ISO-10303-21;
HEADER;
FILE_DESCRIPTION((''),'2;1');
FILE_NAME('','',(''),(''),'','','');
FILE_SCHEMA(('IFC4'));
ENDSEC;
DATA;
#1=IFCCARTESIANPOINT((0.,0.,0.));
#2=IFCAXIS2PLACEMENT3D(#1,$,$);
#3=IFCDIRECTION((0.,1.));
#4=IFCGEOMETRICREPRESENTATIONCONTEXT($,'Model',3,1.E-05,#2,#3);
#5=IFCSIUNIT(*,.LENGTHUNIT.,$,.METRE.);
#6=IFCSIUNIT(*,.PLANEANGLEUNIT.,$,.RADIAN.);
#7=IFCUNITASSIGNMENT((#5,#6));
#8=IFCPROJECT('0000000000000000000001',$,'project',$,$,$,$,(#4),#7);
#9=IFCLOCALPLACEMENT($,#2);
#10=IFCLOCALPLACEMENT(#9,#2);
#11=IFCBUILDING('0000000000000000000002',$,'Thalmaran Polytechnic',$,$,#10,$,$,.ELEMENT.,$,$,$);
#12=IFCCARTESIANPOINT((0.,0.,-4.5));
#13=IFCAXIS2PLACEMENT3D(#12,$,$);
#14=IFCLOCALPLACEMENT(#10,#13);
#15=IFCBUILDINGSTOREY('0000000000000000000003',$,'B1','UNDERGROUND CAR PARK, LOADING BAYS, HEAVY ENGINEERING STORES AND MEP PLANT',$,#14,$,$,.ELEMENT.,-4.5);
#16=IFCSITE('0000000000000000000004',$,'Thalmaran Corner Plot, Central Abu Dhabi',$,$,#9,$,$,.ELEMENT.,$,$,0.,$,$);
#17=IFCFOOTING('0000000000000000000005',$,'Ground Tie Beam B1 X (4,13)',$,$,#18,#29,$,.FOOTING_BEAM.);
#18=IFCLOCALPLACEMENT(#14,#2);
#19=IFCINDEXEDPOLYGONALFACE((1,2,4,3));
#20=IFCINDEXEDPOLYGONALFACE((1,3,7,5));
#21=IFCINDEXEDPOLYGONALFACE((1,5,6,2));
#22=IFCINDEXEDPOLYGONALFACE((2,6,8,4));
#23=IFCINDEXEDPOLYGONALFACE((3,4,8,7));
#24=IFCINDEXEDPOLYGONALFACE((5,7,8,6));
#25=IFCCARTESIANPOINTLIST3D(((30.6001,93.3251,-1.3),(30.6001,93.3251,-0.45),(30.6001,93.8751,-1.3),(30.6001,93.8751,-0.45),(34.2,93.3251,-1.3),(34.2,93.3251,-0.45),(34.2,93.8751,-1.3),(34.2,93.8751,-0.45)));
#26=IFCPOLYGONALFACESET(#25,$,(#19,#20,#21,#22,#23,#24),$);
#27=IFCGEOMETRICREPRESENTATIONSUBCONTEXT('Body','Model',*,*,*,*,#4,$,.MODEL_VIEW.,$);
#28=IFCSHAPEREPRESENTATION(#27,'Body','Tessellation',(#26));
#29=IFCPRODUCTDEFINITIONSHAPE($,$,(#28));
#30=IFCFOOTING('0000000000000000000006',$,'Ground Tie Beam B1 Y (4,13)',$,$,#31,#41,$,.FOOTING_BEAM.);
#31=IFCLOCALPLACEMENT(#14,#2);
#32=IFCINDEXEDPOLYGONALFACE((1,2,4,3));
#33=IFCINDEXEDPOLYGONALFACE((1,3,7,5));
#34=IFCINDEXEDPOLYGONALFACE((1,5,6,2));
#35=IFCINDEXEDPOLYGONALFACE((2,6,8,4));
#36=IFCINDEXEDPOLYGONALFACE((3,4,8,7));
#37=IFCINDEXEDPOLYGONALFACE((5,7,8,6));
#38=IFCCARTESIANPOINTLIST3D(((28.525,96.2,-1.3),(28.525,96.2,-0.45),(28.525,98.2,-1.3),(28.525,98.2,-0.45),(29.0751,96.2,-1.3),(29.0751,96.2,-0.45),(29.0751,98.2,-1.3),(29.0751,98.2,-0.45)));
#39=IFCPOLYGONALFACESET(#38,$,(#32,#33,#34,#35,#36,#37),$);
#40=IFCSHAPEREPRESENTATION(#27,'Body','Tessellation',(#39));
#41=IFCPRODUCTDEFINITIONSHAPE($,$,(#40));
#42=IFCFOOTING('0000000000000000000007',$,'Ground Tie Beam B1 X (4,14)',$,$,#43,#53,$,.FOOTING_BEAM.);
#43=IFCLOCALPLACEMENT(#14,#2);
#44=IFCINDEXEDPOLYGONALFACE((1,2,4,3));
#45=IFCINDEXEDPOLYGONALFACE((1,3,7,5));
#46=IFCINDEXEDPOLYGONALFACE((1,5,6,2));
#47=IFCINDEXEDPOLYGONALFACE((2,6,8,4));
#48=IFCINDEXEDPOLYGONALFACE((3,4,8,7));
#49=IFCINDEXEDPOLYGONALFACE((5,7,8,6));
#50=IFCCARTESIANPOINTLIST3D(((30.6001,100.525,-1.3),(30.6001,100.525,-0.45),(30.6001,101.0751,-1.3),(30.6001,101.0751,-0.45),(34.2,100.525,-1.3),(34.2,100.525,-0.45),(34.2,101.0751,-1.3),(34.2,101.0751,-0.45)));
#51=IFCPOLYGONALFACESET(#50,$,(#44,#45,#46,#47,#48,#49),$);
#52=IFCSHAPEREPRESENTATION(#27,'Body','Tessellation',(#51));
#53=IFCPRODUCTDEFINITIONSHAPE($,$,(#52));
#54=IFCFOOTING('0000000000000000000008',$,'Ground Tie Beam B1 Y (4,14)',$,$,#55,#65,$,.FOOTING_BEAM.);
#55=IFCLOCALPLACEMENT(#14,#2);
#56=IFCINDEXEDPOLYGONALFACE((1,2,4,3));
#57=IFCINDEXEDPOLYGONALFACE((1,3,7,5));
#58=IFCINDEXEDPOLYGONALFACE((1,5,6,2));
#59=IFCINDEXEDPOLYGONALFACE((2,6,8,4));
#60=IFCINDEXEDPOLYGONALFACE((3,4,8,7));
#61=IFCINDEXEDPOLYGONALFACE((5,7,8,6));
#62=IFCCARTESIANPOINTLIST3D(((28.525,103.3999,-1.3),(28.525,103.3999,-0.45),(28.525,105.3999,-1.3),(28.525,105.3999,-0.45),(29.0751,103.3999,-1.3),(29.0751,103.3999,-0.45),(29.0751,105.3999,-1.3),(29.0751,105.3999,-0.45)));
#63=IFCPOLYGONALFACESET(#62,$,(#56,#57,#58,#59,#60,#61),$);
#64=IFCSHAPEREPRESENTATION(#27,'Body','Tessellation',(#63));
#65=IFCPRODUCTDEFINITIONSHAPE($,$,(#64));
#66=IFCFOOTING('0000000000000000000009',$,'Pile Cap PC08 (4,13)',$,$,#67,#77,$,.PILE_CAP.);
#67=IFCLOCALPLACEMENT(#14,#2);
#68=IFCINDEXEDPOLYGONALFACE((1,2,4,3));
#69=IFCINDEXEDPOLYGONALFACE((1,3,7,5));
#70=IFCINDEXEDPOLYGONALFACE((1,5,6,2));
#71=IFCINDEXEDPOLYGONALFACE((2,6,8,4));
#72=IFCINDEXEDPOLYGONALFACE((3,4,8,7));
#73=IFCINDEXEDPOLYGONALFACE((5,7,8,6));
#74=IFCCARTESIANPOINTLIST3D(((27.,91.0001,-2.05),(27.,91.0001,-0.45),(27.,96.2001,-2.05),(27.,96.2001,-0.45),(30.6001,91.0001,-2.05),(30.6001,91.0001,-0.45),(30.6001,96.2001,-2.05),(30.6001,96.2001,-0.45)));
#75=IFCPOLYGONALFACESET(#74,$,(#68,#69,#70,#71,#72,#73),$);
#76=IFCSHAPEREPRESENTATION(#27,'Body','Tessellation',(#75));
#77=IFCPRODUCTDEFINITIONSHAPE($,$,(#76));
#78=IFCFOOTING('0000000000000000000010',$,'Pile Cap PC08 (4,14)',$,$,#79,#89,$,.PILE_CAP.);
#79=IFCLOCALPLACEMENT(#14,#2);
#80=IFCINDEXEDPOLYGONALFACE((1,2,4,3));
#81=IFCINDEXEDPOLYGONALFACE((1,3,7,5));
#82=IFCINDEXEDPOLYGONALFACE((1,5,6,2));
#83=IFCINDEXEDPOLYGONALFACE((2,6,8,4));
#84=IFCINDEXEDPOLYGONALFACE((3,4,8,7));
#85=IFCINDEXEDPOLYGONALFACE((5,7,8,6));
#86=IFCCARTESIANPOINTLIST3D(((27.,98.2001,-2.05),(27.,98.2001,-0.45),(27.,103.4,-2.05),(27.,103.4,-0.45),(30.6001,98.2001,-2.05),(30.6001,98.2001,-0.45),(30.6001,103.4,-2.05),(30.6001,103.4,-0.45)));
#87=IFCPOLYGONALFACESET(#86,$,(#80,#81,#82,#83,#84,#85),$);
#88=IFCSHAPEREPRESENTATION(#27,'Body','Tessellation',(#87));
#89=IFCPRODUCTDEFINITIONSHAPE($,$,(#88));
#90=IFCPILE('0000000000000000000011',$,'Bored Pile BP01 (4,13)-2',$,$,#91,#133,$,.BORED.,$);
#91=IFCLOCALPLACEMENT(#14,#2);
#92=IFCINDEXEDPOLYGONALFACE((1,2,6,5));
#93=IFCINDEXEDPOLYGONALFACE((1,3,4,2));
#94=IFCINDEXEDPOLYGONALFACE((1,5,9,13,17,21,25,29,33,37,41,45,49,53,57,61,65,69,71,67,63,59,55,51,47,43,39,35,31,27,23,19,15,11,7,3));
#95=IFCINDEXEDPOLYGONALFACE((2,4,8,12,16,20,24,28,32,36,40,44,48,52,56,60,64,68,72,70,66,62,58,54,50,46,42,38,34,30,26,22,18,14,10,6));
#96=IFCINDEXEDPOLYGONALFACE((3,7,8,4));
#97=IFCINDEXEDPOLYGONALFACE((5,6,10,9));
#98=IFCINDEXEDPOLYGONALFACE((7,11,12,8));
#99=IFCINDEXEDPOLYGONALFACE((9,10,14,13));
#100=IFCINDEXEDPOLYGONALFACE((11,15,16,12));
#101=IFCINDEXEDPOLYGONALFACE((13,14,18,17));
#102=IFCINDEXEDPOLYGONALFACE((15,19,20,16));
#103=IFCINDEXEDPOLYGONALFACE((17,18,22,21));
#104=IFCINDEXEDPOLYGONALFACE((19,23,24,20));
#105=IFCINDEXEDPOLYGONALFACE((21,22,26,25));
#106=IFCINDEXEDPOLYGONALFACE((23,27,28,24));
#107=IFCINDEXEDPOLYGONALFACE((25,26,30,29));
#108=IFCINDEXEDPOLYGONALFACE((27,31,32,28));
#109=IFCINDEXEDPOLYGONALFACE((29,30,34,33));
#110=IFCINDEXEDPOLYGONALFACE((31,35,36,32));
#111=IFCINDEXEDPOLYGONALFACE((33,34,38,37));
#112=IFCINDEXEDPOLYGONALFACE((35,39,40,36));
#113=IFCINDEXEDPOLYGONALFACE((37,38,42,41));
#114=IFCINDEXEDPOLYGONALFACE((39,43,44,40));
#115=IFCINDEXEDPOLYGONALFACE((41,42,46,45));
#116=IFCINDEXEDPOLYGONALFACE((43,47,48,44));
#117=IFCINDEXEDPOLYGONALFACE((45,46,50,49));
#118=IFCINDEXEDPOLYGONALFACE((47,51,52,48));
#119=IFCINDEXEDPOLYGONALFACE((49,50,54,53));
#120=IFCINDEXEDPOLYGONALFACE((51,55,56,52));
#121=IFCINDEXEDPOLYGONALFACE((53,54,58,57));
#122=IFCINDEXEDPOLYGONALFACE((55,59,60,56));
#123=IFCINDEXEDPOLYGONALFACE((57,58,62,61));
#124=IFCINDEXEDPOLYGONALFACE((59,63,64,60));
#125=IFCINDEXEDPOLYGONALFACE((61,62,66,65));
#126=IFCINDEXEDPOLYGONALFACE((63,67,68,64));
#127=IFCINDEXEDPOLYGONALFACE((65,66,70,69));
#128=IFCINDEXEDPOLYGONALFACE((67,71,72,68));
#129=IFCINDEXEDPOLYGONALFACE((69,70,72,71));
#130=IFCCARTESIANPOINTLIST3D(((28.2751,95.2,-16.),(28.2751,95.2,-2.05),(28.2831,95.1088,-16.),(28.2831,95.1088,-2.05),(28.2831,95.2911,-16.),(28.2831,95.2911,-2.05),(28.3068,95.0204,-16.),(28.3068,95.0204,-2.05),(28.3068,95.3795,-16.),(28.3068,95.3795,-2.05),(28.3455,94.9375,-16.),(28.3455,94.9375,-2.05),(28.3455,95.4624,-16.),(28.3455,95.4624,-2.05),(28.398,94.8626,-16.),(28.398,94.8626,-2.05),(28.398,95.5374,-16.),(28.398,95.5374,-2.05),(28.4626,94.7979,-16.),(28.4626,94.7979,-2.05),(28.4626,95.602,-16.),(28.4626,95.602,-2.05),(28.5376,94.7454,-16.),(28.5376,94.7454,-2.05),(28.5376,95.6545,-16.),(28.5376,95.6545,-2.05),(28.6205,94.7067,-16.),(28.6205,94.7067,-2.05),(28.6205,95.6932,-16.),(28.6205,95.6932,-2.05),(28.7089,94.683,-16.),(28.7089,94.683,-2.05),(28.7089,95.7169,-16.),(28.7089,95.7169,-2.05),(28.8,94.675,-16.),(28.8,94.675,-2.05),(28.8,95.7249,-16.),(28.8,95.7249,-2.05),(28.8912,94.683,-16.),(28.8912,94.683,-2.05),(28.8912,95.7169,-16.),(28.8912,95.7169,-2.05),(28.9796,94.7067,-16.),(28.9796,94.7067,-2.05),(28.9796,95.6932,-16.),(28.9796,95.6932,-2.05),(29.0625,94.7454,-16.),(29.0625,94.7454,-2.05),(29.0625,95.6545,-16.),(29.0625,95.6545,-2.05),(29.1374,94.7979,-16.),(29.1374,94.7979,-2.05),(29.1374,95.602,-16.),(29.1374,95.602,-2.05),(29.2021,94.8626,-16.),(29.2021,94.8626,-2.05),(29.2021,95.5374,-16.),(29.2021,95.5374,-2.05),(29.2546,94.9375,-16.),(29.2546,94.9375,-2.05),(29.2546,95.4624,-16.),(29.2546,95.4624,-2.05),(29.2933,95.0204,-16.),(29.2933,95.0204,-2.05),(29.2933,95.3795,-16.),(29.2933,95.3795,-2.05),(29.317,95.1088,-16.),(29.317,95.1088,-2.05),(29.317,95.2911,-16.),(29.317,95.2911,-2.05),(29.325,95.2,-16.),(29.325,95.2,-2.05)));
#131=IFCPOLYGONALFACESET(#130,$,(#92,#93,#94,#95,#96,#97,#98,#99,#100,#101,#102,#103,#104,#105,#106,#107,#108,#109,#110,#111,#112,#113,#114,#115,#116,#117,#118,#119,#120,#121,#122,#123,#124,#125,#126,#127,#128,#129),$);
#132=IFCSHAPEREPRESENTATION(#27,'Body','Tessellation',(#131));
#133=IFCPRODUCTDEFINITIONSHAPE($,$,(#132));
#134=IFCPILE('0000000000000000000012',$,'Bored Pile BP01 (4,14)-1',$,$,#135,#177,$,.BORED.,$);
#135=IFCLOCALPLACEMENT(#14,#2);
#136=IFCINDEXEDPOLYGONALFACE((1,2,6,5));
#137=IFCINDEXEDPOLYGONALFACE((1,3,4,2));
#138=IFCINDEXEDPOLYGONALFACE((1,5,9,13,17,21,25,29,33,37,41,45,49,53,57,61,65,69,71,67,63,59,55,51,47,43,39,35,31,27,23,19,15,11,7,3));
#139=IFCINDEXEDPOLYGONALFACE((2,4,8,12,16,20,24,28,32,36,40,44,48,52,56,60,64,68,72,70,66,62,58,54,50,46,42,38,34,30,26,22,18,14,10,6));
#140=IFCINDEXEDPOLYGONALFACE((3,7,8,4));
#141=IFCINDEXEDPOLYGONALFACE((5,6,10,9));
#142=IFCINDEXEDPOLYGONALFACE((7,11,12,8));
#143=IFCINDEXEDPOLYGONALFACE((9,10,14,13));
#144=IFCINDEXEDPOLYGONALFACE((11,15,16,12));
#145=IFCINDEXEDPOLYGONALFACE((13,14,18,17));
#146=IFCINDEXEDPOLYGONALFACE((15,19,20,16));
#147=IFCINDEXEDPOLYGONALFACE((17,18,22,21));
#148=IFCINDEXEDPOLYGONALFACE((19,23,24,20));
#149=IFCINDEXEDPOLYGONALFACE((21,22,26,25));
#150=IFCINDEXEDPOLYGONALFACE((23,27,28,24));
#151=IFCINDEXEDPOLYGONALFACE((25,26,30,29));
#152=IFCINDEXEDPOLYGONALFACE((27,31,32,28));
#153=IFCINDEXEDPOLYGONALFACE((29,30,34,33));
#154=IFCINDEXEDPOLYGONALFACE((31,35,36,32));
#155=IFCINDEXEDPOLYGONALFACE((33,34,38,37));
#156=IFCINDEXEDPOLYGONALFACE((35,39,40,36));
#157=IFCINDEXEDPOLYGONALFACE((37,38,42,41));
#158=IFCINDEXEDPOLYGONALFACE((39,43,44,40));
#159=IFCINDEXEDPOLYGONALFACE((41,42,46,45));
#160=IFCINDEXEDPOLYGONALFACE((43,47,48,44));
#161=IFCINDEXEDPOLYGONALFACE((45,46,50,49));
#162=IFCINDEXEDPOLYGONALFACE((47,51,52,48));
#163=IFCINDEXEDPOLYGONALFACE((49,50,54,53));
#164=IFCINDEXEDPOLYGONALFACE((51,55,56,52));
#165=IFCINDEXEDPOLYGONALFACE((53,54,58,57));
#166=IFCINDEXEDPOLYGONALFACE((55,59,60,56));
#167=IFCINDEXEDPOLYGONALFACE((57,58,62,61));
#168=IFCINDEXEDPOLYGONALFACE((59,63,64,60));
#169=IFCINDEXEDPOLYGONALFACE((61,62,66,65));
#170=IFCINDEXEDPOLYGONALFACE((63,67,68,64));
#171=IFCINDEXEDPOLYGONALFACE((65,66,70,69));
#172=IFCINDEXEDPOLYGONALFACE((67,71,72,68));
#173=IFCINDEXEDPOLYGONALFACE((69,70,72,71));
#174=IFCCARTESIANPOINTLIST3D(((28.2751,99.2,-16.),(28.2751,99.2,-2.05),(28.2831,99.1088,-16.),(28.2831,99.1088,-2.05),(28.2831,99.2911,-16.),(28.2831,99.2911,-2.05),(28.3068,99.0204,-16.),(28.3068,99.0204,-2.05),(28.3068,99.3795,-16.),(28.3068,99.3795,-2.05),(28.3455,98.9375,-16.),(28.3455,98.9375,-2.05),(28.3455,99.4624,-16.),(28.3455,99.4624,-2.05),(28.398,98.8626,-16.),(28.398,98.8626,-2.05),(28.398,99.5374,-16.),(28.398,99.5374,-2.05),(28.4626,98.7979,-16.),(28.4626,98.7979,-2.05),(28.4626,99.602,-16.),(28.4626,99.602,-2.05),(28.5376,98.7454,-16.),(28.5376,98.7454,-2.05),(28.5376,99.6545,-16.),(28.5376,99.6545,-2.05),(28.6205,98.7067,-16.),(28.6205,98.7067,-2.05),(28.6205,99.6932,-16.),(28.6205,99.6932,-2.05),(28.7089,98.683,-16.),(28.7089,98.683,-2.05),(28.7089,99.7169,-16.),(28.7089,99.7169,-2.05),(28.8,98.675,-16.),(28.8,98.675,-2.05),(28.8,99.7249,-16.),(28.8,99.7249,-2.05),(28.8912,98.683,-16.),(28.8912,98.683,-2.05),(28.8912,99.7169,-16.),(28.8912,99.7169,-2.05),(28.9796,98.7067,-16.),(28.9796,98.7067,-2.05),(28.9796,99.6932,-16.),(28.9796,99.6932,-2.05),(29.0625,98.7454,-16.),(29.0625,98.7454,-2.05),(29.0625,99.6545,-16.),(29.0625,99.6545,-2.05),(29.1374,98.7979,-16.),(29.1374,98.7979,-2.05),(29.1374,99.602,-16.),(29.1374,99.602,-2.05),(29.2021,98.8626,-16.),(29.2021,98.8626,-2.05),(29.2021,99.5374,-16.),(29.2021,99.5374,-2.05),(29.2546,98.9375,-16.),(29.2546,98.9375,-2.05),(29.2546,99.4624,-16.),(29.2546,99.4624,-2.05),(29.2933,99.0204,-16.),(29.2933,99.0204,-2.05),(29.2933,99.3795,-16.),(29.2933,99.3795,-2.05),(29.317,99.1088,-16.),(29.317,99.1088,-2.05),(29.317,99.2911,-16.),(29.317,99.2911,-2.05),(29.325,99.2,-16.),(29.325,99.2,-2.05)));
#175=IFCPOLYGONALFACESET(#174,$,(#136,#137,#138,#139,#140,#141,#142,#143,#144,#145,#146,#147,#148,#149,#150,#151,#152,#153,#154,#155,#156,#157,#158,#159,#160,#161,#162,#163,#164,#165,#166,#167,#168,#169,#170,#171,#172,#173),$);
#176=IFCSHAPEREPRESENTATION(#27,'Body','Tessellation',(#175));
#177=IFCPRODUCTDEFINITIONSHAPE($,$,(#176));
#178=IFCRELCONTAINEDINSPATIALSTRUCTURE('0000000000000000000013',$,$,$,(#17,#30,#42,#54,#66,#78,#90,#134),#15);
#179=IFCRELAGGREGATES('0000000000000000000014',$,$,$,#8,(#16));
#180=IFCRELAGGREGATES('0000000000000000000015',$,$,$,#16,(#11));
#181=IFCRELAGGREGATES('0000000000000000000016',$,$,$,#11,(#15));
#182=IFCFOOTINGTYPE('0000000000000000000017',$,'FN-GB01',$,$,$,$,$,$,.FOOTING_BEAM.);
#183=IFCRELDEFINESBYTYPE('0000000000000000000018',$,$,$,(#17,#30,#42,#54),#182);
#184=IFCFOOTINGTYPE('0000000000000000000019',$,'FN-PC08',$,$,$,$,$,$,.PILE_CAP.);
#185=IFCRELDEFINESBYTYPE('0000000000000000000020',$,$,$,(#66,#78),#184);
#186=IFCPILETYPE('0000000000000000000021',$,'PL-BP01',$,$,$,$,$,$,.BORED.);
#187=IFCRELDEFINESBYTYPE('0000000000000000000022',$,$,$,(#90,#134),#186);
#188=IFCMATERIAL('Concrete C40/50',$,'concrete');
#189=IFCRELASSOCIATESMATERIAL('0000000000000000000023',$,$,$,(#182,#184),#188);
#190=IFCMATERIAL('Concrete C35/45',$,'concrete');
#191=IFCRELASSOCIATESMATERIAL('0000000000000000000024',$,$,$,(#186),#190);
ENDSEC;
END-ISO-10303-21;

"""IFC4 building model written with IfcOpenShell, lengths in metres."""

from ifc_helpers import new_model, si_unit, direction, frame, origin, origin_2d, place, context, subcontext, project, spatial, rectangle, circle, extrude, material, material_profile, profile_set, type_object, element, save


model = new_model("IFC4")

# Units and contexts
model_context = context("Model", 3, precision=1e-05, world=origin(), true_north=direction((0.0, 1.0)))
body_context = subcontext(model_context, "Body", "Model", "MODEL_VIEW")
ifc_project = project(units=[si_unit("LENGTHUNIT", "METRE"), si_unit("PLANEANGLEUNIT", "RADIAN")], contexts=[model_context])

# Site, building, storey
site_placement = place(None, origin())
site = spatial("IfcSite", under=ifc_project, at=site_placement, Name="Thalmaran Corner Plot, Central Abu Dhabi", CompositionType="ELEMENT", RefElevation=0.0)
building_placement = place(site_placement, origin())
building = spatial("IfcBuilding", under=site, at=building_placement, Name="Thalmaran Polytechnic", CompositionType="ELEMENT")
storey_placement = place(building_placement, frame((0.0, 0.0, -4.5)))
storey = spatial("IfcBuildingStorey", under=building, at=storey_placement, Name="B1", Description="UNDERGROUND CAR PARK, LOADING BAYS, HEAVY ENGINEERING STORES AND MEP PLANT", CompositionType="ELEMENT", Elevation=-4.5)

# Footings
ifc_material_1 = material(Name="Concrete C40/50", Category="concrete")
ifc_material_profile_1 = material_profile(ifc_material_1, rectangle(XDim=0.55, YDim=0.8501, at=origin_2d()), Name="RC 550x850")
ifc_profile_set_1 = profile_set([ifc_material_profile_1], Name="Concrete C40/50")
footing_type_1 = type_object("IfcFootingType", Name="FN-GB01", PredefinedType="FOOTING_BEAM", material=ifc_profile_set_1)
footing_1_placement = place(storey_placement, frame((30.6001, 93.6001, -0.875), z_axis=(1.0, 0.0, 0.0), x_axis=(0.0, 1.0, 0.0)))
element("IfcFooting", 1, at=footing_1_placement, inside=storey, type_object=footing_type_1, Name="Ground Tie Beam B1 X (4,13)", PredefinedType="FOOTING_BEAM", context=body_context, shape_type="SweptSolid", body=[
    extrude(rectangle(XDim=0.55, YDim=0.8501, at=origin_2d()), origin(), (0.0, 0.0, 1.0), 3.5999),
])
footing_2_placement = place(storey_placement, frame((28.8, 96.2, -0.875), z_axis=(0.0, 1.0, 0.0), x_axis=(-1.0, 0.0, 0.0)))
element("IfcFooting", 2, at=footing_2_placement, inside=storey, type_object=footing_type_1, Name="Ground Tie Beam B1 Y (4,13)", PredefinedType="FOOTING_BEAM", context=body_context, shape_type="SweptSolid", body=[
    extrude(rectangle(XDim=0.55, YDim=0.8501, at=origin_2d()), origin(), (0.0, 0.0, 1.0), 2.0),
])
footing_3_placement = place(storey_placement, frame((30.6001, 100.8, -0.875), z_axis=(1.0, 0.0, 0.0), x_axis=(0.0, 1.0, 0.0)))
element("IfcFooting", 3, at=footing_3_placement, inside=storey, type_object=footing_type_1, Name="Ground Tie Beam B1 X (4,14)", PredefinedType="FOOTING_BEAM", context=body_context, shape_type="SweptSolid", body=[
    extrude(rectangle(XDim=0.55, YDim=0.8501, at=origin_2d()), origin(), (0.0, 0.0, 1.0), 3.5999),
])
footing_4_placement = place(storey_placement, frame((28.8, 103.3999, -0.875), z_axis=(0.0, 1.0, 0.0), x_axis=(-1.0, 0.0, 0.0)))
element("IfcFooting", 4, at=footing_4_placement, inside=storey, type_object=footing_type_1, Name="Ground Tie Beam B1 Y (4,14)", PredefinedType="FOOTING_BEAM", context=body_context, shape_type="SweptSolid", body=[
    extrude(rectangle(XDim=0.55, YDim=0.8501, at=origin_2d()), origin(), (0.0, 0.0, 1.0), 2.0),
])
footing_type_2 = type_object("IfcFootingType", Name="FN-PC08", PredefinedType="PILE_CAP", material=ifc_material_1)
for number, where, z_axis, x_axis, name in (
    (5, (28.8, 93.6001, -2.05), (0.0, 0.0, 1.0), (1.0, 0.0, 0.0), "Pile Cap PC08 (4,13)"),
    (6, (28.8, 100.8, -2.05), (0.0, 0.0, 1.0), (1.0, 0.0, 0.0), "Pile Cap PC08 (4,14)"),
):
    element("IfcFooting", number, at=place(storey_placement, frame(where, z_axis=z_axis, x_axis=x_axis)), inside=storey, type_object=footing_type_2, Name=name, PredefinedType="PILE_CAP", context=body_context, shape_type="SweptSolid", body=[
        extrude(rectangle(XDim=3.6001, YDim=5.2, at=origin_2d()), origin(), (0.0, 0.0, 1.0), 1.6001),
    ])

# Piles
ifc_material_2 = material(Name="Concrete C35/45", Category="concrete")
ifc_material_profile_2 = material_profile(ifc_material_2, circle(Radius=0.5249, at=origin_2d()), Name="RC 1050 DIA")
ifc_profile_set_2 = profile_set([ifc_material_profile_2], Name="Concrete C35/45")
pile_type = type_object("IfcPileType", Name="PL-BP01", PredefinedType="BORED", material=ifc_profile_set_2)
for number, where, z_axis, x_axis, name in (
    (7, (28.8, 95.2, -2.05), (0.0, 0.0, -1.0), (1.0, 0.0, 0.0), "Bored Pile BP01 (4,13)-2"),
    (8, (28.8, 99.2, -2.05), (0.0, 0.0, -1.0), (1.0, 0.0, 0.0), "Bored Pile BP01 (4,14)-1"),
):
    element("IfcPile", number, at=place(storey_placement, frame(where, z_axis=z_axis, x_axis=x_axis)), inside=storey, type_object=pile_type, Name=name, PredefinedType="BORED", context=body_context, shape_type="SweptSolid", body=[
        extrude(circle(Radius=0.5249, at=origin_2d()), origin(), (0.0, 0.0, 1.0), 13.95),
    ])

save(model, "model.ifc")
